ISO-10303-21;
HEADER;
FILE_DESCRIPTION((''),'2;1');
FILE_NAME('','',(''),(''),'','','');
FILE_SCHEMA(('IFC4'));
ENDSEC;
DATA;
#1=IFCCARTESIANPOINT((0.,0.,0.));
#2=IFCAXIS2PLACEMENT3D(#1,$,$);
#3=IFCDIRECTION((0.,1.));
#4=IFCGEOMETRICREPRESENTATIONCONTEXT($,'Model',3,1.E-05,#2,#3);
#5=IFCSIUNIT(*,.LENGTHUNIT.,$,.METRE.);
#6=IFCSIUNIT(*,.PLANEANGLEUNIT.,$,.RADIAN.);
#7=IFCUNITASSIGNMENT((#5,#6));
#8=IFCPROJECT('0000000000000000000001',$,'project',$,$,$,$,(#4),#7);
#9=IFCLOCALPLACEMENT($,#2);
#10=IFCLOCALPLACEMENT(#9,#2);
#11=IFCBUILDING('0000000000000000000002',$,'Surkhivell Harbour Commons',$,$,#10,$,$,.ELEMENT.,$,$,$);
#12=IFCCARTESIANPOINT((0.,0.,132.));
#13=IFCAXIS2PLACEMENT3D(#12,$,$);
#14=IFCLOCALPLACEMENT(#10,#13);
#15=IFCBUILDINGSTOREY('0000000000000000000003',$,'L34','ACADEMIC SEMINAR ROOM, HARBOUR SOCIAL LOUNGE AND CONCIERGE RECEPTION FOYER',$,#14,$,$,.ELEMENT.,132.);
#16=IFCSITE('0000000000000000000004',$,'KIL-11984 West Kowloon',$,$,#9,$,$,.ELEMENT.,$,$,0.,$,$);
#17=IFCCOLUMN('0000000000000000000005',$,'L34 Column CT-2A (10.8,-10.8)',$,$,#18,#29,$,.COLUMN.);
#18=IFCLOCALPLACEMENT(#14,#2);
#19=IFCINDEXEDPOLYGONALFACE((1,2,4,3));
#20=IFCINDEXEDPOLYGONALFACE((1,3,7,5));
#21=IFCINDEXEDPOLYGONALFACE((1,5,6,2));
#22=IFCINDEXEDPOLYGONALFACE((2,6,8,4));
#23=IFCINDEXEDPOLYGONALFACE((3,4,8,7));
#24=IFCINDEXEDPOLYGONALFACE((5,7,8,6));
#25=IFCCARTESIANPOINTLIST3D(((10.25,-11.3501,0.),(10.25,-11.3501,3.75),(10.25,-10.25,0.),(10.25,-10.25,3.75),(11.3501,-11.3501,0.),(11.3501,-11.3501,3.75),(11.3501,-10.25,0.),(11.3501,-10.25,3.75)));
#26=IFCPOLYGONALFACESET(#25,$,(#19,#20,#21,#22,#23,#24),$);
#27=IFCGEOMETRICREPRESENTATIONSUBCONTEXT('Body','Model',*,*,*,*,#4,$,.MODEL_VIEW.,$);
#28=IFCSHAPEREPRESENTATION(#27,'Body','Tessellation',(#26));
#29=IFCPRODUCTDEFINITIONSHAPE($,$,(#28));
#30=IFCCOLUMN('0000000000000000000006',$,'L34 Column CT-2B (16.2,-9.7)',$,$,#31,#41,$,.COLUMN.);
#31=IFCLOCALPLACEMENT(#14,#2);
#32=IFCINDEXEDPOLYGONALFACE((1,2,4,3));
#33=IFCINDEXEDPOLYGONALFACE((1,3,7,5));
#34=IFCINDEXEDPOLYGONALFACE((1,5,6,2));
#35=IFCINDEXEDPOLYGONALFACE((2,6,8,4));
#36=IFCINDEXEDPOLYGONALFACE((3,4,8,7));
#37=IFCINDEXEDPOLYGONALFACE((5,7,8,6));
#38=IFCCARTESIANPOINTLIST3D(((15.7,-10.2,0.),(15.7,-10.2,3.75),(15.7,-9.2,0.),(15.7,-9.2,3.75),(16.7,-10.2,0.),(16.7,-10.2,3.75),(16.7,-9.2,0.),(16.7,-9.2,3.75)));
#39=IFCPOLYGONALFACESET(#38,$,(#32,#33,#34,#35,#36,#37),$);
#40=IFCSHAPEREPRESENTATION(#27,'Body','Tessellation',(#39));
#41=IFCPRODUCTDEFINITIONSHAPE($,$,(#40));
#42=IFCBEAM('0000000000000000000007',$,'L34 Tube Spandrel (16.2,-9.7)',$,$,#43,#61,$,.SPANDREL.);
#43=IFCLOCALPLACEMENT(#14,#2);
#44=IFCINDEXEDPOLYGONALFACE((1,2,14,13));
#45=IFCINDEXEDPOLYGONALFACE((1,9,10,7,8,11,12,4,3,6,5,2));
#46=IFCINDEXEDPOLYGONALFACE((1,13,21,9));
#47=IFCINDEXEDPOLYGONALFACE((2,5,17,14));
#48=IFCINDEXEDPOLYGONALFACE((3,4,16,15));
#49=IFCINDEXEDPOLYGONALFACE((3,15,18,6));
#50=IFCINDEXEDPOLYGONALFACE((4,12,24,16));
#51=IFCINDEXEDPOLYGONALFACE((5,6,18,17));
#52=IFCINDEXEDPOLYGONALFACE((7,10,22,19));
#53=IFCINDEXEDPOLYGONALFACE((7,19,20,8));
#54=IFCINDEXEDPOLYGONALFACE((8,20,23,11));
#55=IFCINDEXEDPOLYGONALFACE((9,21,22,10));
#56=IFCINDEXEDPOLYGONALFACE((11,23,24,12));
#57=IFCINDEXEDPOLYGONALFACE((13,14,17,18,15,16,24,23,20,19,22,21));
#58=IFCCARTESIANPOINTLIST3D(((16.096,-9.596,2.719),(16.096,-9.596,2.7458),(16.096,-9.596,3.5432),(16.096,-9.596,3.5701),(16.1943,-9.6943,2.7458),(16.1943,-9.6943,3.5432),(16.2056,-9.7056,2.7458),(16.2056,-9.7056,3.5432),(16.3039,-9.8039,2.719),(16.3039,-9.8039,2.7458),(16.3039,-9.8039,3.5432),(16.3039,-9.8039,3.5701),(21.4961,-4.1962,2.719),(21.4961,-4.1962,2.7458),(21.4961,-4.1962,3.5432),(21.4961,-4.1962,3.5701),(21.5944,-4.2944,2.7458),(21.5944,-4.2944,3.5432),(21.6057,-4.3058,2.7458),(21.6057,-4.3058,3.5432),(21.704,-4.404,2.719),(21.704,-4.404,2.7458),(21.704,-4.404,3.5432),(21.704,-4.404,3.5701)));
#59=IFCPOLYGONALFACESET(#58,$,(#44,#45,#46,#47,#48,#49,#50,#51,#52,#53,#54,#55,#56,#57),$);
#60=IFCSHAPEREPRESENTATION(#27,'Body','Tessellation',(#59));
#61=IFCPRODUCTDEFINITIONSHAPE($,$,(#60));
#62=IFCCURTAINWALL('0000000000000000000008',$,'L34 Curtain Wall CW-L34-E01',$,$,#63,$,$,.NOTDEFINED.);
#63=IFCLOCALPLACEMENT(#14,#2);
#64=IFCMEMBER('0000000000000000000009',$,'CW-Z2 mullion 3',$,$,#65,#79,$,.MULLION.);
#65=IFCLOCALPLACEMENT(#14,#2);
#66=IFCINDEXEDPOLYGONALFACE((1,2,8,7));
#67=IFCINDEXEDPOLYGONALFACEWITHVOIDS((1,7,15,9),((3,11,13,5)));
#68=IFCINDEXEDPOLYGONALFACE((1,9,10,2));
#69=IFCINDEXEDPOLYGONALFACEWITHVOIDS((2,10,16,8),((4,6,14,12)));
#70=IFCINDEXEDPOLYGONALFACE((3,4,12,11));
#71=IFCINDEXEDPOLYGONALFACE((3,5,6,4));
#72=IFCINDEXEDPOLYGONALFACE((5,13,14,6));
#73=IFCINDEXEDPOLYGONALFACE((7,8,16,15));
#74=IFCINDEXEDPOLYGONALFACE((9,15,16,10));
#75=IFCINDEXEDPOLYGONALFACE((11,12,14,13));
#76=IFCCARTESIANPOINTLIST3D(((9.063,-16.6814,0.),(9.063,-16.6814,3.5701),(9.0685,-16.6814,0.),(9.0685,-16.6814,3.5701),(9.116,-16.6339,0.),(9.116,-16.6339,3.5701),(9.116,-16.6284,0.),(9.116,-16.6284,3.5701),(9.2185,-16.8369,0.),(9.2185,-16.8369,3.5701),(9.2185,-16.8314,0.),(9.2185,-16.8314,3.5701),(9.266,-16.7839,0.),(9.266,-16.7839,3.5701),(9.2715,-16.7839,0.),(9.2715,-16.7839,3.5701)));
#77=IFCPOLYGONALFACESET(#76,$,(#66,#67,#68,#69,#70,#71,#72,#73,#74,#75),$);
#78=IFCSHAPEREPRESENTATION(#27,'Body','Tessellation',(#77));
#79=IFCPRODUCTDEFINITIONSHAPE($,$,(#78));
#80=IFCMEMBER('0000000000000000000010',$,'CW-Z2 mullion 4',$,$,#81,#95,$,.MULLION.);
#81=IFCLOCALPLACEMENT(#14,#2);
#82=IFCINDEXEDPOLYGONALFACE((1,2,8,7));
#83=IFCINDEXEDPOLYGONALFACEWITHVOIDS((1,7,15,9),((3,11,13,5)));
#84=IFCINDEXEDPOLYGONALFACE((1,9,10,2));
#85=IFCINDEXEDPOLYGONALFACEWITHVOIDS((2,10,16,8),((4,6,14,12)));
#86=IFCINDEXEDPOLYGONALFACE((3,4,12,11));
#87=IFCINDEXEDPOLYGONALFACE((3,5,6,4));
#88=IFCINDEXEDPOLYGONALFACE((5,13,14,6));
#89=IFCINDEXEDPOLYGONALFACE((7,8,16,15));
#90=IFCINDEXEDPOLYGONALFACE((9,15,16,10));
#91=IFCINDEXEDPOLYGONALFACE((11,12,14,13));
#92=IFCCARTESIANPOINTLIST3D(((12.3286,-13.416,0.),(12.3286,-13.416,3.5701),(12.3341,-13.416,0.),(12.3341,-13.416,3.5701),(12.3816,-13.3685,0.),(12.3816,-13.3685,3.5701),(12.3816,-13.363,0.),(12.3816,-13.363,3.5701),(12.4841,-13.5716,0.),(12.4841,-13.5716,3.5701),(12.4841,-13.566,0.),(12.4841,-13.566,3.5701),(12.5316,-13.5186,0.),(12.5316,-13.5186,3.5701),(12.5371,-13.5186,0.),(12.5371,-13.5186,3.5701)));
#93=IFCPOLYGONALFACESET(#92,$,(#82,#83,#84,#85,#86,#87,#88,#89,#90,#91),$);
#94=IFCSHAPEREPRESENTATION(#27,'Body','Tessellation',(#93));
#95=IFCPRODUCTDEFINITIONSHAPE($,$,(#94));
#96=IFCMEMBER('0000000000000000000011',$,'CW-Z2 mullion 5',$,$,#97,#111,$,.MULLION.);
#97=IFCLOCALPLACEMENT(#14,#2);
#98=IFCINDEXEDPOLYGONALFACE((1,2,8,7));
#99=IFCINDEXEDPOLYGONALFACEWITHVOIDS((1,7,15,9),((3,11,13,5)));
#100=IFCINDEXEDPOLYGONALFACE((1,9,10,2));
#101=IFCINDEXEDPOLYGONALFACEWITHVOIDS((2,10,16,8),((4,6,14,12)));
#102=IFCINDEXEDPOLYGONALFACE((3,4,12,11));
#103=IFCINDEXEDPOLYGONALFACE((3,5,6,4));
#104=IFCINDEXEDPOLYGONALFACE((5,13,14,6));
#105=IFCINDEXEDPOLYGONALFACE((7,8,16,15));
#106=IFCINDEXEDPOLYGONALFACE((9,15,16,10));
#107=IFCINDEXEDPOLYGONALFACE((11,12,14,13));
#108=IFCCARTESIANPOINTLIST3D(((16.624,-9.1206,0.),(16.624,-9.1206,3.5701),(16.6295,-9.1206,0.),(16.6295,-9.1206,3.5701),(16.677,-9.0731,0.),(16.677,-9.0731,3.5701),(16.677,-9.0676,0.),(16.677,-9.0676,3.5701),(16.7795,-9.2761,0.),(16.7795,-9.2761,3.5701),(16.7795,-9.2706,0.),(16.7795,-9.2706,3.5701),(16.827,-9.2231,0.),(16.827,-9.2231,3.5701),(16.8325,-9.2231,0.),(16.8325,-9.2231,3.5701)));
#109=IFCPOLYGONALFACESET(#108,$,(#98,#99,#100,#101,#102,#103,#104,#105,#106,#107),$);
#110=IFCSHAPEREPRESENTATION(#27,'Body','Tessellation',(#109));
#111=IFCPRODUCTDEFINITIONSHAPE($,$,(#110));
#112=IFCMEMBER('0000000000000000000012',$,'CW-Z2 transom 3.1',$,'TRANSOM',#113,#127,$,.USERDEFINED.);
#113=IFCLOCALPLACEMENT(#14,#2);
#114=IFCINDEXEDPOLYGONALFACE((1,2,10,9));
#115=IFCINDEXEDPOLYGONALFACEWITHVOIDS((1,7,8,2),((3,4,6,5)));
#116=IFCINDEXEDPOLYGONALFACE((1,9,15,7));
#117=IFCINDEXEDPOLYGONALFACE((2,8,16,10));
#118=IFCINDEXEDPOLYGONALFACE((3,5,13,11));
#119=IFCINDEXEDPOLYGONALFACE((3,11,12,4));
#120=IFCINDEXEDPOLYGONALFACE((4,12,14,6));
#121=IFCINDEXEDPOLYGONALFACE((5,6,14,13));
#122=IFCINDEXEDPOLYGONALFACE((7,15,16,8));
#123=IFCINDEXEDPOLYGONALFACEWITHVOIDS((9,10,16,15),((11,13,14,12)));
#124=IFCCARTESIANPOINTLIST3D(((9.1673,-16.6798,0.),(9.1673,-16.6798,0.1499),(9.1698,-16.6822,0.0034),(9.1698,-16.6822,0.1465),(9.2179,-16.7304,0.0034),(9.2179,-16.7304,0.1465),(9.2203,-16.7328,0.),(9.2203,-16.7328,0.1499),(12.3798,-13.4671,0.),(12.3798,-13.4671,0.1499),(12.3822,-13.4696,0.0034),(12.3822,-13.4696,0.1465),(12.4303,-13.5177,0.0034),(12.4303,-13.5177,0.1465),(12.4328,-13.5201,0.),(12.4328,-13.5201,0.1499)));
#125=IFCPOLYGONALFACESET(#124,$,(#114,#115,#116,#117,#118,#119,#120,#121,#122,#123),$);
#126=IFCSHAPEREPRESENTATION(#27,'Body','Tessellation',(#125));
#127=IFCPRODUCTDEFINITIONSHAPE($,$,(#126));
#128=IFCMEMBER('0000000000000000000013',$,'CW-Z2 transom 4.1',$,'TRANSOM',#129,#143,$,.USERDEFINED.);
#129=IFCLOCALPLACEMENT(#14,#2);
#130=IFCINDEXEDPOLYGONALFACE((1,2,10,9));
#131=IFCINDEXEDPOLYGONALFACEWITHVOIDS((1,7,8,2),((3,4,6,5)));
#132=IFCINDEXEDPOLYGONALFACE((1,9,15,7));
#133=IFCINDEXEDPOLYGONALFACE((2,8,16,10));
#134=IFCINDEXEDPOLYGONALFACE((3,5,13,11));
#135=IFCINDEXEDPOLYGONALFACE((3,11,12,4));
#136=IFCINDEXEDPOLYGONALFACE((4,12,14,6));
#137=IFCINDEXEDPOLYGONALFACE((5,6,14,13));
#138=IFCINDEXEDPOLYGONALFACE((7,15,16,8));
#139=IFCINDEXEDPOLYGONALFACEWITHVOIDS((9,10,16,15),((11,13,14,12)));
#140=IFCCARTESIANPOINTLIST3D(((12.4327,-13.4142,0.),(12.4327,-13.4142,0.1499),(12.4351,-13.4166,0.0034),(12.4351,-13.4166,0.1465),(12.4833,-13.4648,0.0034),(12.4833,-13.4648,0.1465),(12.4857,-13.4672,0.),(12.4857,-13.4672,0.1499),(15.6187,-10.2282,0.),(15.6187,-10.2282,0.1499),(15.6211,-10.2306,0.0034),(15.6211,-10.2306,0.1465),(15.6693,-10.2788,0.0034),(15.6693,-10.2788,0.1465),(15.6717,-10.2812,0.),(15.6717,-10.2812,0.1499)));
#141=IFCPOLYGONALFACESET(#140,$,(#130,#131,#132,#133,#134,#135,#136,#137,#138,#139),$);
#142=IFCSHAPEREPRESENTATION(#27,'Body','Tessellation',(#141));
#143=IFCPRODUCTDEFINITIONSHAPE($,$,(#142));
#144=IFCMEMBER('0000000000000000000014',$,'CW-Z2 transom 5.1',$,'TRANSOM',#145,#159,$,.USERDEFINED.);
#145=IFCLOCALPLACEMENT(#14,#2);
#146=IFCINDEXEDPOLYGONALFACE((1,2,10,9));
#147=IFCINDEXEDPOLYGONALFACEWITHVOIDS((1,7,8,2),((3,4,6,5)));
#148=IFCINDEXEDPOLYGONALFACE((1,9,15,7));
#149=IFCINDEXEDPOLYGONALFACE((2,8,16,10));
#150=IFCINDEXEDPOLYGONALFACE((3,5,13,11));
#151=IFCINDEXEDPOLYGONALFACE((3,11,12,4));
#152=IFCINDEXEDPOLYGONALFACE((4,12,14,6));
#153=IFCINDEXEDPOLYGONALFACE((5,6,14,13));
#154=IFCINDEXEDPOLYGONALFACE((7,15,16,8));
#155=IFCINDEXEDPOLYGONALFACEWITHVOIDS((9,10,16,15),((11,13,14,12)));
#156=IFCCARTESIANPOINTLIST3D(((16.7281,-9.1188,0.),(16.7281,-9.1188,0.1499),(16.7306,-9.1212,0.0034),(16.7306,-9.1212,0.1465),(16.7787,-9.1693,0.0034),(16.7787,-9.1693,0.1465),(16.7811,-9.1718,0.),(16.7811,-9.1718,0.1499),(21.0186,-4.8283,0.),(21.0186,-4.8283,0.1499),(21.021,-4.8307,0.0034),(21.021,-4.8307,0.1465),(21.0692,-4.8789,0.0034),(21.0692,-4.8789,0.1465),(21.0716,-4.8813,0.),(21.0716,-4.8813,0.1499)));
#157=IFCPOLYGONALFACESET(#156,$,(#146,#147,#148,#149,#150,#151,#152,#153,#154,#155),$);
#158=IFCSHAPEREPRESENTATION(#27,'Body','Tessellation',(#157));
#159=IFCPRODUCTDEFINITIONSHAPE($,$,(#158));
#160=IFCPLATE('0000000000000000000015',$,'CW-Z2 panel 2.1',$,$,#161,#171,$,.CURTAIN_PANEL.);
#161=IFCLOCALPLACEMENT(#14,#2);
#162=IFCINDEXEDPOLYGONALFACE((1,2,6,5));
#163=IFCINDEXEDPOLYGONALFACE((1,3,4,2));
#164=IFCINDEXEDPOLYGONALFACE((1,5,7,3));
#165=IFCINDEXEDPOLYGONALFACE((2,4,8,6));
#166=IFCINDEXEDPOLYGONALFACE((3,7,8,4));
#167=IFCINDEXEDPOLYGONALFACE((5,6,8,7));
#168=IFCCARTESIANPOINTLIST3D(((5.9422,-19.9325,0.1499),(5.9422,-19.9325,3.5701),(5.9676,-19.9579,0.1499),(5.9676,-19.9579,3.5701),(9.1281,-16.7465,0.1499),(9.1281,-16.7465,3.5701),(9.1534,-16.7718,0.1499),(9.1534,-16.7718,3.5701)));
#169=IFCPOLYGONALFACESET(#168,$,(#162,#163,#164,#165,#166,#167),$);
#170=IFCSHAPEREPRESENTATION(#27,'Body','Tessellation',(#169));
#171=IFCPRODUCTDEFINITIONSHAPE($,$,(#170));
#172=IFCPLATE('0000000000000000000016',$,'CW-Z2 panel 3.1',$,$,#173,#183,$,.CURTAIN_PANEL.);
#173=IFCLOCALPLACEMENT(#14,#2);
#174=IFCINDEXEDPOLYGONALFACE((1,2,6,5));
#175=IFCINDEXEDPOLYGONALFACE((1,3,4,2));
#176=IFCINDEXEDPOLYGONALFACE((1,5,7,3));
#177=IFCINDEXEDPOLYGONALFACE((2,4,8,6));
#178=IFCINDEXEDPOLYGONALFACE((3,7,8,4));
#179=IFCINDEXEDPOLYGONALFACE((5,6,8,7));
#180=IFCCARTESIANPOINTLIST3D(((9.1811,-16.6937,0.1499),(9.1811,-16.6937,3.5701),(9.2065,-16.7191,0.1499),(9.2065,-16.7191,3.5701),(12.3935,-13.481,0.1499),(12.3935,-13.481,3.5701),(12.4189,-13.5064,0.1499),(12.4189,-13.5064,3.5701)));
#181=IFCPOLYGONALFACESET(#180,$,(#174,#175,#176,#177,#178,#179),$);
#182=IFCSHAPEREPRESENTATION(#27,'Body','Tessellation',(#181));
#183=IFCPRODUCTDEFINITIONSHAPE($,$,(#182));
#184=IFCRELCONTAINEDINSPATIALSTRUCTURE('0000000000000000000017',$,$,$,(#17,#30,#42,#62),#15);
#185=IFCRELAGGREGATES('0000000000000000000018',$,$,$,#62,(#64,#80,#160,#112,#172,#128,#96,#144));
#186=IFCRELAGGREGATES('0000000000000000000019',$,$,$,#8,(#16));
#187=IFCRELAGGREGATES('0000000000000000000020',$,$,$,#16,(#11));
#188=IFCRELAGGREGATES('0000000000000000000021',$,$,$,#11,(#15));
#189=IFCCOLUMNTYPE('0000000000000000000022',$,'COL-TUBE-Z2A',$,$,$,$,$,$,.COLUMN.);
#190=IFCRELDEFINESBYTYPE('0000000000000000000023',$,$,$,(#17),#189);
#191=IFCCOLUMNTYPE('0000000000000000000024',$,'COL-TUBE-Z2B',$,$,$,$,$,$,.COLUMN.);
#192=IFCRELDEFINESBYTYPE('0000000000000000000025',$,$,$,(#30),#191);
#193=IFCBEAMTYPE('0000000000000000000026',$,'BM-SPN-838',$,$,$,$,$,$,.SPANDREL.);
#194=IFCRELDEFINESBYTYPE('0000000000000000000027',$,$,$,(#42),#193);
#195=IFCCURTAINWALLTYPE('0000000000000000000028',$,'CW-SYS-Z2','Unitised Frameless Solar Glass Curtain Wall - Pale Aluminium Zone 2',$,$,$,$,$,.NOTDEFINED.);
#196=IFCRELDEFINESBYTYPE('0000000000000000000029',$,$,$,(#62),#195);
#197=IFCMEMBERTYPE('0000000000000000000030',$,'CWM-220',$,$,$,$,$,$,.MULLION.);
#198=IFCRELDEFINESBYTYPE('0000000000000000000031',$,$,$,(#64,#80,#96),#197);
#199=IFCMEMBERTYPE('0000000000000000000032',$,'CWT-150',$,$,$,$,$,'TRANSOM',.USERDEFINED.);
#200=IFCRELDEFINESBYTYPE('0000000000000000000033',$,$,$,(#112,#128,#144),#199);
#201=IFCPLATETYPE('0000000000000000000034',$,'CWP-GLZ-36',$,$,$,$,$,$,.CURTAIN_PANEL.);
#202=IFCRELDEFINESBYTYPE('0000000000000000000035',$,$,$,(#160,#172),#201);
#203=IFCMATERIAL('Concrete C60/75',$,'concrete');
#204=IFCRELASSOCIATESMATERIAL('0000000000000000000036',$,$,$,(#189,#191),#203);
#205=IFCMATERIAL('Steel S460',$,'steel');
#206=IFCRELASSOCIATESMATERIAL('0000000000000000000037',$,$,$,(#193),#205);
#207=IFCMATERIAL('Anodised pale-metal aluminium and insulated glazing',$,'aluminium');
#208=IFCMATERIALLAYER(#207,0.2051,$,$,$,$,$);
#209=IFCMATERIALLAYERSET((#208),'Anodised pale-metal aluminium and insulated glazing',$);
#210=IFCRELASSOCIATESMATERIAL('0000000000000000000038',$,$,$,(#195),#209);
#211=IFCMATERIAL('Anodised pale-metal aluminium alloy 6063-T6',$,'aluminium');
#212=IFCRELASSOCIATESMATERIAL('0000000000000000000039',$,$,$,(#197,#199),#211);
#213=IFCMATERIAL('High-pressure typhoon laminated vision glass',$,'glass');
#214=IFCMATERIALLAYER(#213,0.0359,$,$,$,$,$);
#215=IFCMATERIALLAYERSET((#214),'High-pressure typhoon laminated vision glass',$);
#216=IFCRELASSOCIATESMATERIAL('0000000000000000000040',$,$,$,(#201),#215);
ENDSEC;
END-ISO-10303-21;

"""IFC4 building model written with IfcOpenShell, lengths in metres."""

from ifc_helpers import new_model, si_unit, direction, frame, frame_2d, origin, origin_2d, place, context, subcontext, project, spatial, rectangle, hollow_rectangle, i_section, extrude, material, layer, layer_set, material_profile, profile_set, type_object, element, aggregate, save


model = new_model("IFC4")

# Units and contexts
model_context = context("Model", 3, precision=1e-05, world=origin(), true_north=direction((0.0, 1.0)))
body_context = subcontext(model_context, "Body", "Model", "MODEL_VIEW")
ifc_project = project(units=[si_unit("LENGTHUNIT", "METRE"), si_unit("PLANEANGLEUNIT", "RADIAN")], contexts=[model_context])

# Site, building, storey
site_placement = place(None, origin())
site = spatial("IfcSite", under=ifc_project, at=site_placement, Name="KIL-11984 West Kowloon", CompositionType="ELEMENT", RefElevation=0.0)
building_placement = place(site_placement, origin())
building = spatial("IfcBuilding", under=site, at=building_placement, Name="Surkhivell Harbour Commons", CompositionType="ELEMENT")
storey_placement = place(building_placement, frame((0.0, 0.0, 132.0)))
storey = spatial("IfcBuildingStorey", under=building, at=storey_placement, Name="L34", Description="ACADEMIC SEMINAR ROOM, HARBOUR SOCIAL LOUNGE AND CONCIERGE RECEPTION FOYER", CompositionType="ELEMENT", Elevation=132.0)

# Columns
ifc_material_1 = material(Name="Concrete C60/75", Category="concrete")
ifc_material_profile_1 = material_profile(ifc_material_1, rectangle(XDim=1.1001, YDim=1.1001, at=origin_2d()), Name="RC-COL-1100x1100")
ifc_profile_set_1 = profile_set([ifc_material_profile_1], Name="Concrete C60/75")
column_type_1 = type_object("IfcColumnType", Name="COL-TUBE-Z2A", PredefinedType="COLUMN", material=ifc_profile_set_1)
column_1_placement = place(storey_placement, frame((10.8, -10.8, 0.0), z_axis=(0.0, 0.0, 1.0), x_axis=(1.0, 0.0, 0.0)))
element("IfcColumn", 1, at=column_1_placement, inside=storey, type_object=column_type_1, Name="L34 Column CT-2A (10.8,-10.8)", PredefinedType="COLUMN", context=body_context, shape_type="SweptSolid", body=[
    extrude(rectangle(XDim=1.1001, YDim=1.1001, at=origin_2d()), origin(), (0.0, 0.0, 1.0), 3.75),
])
ifc_material_profile_2 = material_profile(ifc_material_1, rectangle(XDim=1.0, YDim=1.0, at=origin_2d()), Name="RC-COL-1000x1000")
ifc_profile_set_2 = profile_set([ifc_material_profile_2], Name="Concrete C60/75")
column_type_2 = type_object("IfcColumnType", Name="COL-TUBE-Z2B", PredefinedType="COLUMN", material=ifc_profile_set_2)
column_2_placement = place(storey_placement, frame((16.2, -9.7, 0.0), z_axis=(0.0, 0.0, 1.0), x_axis=(1.0, 0.0, 0.0)))
element("IfcColumn", 2, at=column_2_placement, inside=storey, type_object=column_type_2, Name="L34 Column CT-2B (16.2,-9.7)", PredefinedType="COLUMN", context=body_context, shape_type="SweptSolid", body=[
    extrude(rectangle(XDim=1.0, YDim=1.0, at=origin_2d()), origin(), (0.0, 0.0, 1.0), 3.75),
])

# Beam
ifc_material_2 = material(Name="Steel S460", Category="steel")
ifc_material_profile_3 = material_profile(ifc_material_2, i_section(OverallWidth=0.2939, OverallDepth=0.8511, WebThickness=0.0161, FlangeThickness=0.0269, at=origin_2d()), Name="UB838x292x226")
ifc_profile_set_3 = profile_set([ifc_material_profile_3], Name="Steel S460")
beam_type = type_object("IfcBeamType", Name="BM-SPN-838", PredefinedType="SPANDREL", material=ifc_profile_set_3)
beam_placement = place(storey_placement, frame((16.2, -9.7, 3.1445), z_axis=(0.707123, 0.707091, 0.0), x_axis=(-0.707091, 0.707123, 0.0)))
element("IfcBeam", 3, at=beam_placement, inside=storey, type_object=beam_type, Name="L34 Tube Spandrel (16.2,-9.7)", PredefinedType="SPANDREL", context=body_context, shape_type="SweptSolid", body=[
    extrude(i_section(OverallWidth=0.2939, OverallDepth=0.8511, WebThickness=0.0161, FlangeThickness=0.0269, at=origin_2d()), origin(), (0.0, 0.0, 1.0), 7.6367),
])

# Curtain wall, members, plates
ifc_material_3 = material(Name="Anodised pale-metal aluminium and insulated glazing", Category="aluminium")
ifc_layer_1 = layer(ifc_material_3, 0.2051)
ifc_layer_set_1 = layer_set([ifc_layer_1], Name="Anodised pale-metal aluminium and insulated glazing")
curtain_wall_type = type_object("IfcCurtainWallType", Name="CW-SYS-Z2", Description="Unitised Frameless Solar Glass Curtain Wall - Pale Aluminium Zone 2", PredefinedType="NOTDEFINED", material=ifc_layer_set_1)
curtain_wall_placement = place(storey_placement, origin())
curtain_wall = element("IfcCurtainWall", 4, at=curtain_wall_placement, inside=storey, type_object=curtain_wall_type, Name="L34 Curtain Wall CW-L34-E01", PredefinedType="NOTDEFINED")
ifc_material_4 = material(Name="Anodised pale-metal aluminium alloy 6063-T6", Category="aluminium")
ifc_material_profile_4 = material_profile(ifc_material_4, hollow_rectangle(XDim=0.075, YDim=0.22, WallThickness=0.0039, at=origin_2d()), Name="ALU-MULL-75x220")
ifc_profile_set_4 = profile_set([ifc_material_profile_4], Name="Anodised pale-metal aluminium alloy 6063-T6")
member_type_1 = type_object("IfcMemberType", Name="CWM-220", PredefinedType="MULLION", material=ifc_profile_set_4)
member_1_placement = place(storey_placement, frame((9.1672, -16.7327, 0.0), z_axis=(0.0, 0.0, 1.0), x_axis=(0.707107, 0.707107, 0.0)))
member_1 = element("IfcMember", 5, at=member_1_placement, type_object=member_type_1, Name="CW-Z2 mullion 3", PredefinedType="MULLION", context=body_context, shape_type="SweptSolid", body=[
    extrude(hollow_rectangle(XDim=0.075, YDim=0.22, WallThickness=0.0039, at=origin_2d()), origin(), (0.0, 0.0, 1.0), 3.5701),
])
member_2_placement = place(storey_placement, frame((12.4329, -13.4673, 0.0), z_axis=(0.0, 0.0, 1.0), x_axis=(0.707107, 0.707107, 0.0)))
member_2 = element("IfcMember", 6, at=member_2_placement, type_object=member_type_1, Name="CW-Z2 mullion 4", PredefinedType="MULLION", context=body_context, shape_type="SweptSolid", body=[
    extrude(hollow_rectangle(XDim=0.075, YDim=0.22, WallThickness=0.0039, at=origin_2d()), origin(), (0.0, 0.0, 1.0), 3.5701),
])
member_3_placement = place(storey_placement, frame((16.7283, -9.1719, 0.0), z_axis=(0.0, 0.0, 1.0), x_axis=(0.707107, 0.707107, 0.0)))
member_3 = element("IfcMember", 7, at=member_3_placement, type_object=member_type_1, Name="CW-Z2 mullion 5", PredefinedType="MULLION", context=body_context, shape_type="SweptSolid", body=[
    extrude(hollow_rectangle(XDim=0.075, YDim=0.22, WallThickness=0.0039, at=origin_2d()), origin(), (0.0, 0.0, 1.0), 3.5701),
])
ifc_material_profile_5 = material_profile(ifc_material_4, hollow_rectangle(XDim=0.075, YDim=0.1499, WallThickness=0.0034, at=origin_2d()), Name="ALU-TRAN-75x150")
ifc_profile_set_5 = profile_set([ifc_material_profile_5], Name="Anodised pale-metal aluminium alloy 6063-T6")
member_type_2 = type_object("IfcMemberType", Name="CWT-150", ElementType="TRANSOM", PredefinedType="USERDEFINED", material=ifc_profile_set_5)
member_4_placement = place(storey_placement, frame((9.1938, -16.7063, 0.075), z_axis=(0.70708, 0.707134, 0.0), x_axis=(-0.707134, 0.70708, 0.0)))
member_4 = element("IfcMember", 8, at=member_4_placement, type_object=member_type_2, Name="CW-Z2 transom 3.1", ObjectType="TRANSOM", PredefinedType="USERDEFINED", context=body_context, shape_type="SweptSolid", body=[
    extrude(hollow_rectangle(XDim=0.075, YDim=0.1499, WallThickness=0.0034, at=origin_2d()), origin(), (0.0, 0.0, 1.0), 4.5432),
])
member_5_placement = place(storey_placement, frame((12.4592, -13.4407, 0.075), z_axis=(0.707107, 0.707107, 0.0), x_axis=(-0.707107, 0.707107, 0.0)))
member_5 = element("IfcMember", 9, at=member_5_placement, type_object=member_type_2, Name="CW-Z2 transom 4.1", ObjectType="TRANSOM", PredefinedType="USERDEFINED", context=body_context, shape_type="SweptSolid", body=[
    extrude(hollow_rectangle(XDim=0.075, YDim=0.1499, WallThickness=0.0034, at=origin_2d()), origin(), (0.0, 0.0, 1.0), 4.5056),
])
member_6_placement = place(storey_placement, frame((16.7546, -9.1453, 0.075), z_axis=(0.707107, 0.707107, 0.0), x_axis=(-0.707107, 0.707107, 0.0)))
member_6 = element("IfcMember", 10, at=member_6_placement, type_object=member_type_2, Name="CW-Z2 transom 5.1", ObjectType="TRANSOM", PredefinedType="USERDEFINED", context=body_context, shape_type="SweptSolid", body=[
    extrude(hollow_rectangle(XDim=0.075, YDim=0.1499, WallThickness=0.0034, at=origin_2d()), origin(), (0.0, 0.0, 1.0), 6.0676),
])
ifc_material_5 = material(Name="High-pressure typhoon laminated vision glass", Category="glass")
ifc_layer_2 = layer(ifc_material_5, 0.0359)
ifc_layer_set_2 = layer_set([ifc_layer_2], Name="High-pressure typhoon laminated vision glass")
plate_type = type_object("IfcPlateType", Name="CWP-GLZ-36", PredefinedType="CURTAIN_PANEL", material=ifc_layer_set_2)
plate_1_placement = place(storey_placement, frame((5.9548, -19.9453, 0.1499), z_axis=(0.0, 0.0, 1.0), x_axis=(0.70708, 0.707134, 0.0)))
plate_1 = element("IfcPlate", 11, at=plate_1_placement, type_object=plate_type, Name="CW-Z2 panel 2.1", PredefinedType="CURTAIN_PANEL", context=body_context, shape_type="SweptSolid", body=[
    extrude(rectangle(XDim=4.5056, YDim=0.0359, at=frame_2d((2.2529, 0.0))), origin(), (0.0, 0.0, 1.0), 3.4202),
])
plate_2_placement = place(storey_placement, frame((9.1938, -16.7063, 0.1499), z_axis=(0.0, 0.0, 1.0), x_axis=(0.70708, 0.707134, 0.0)))
plate_2 = element("IfcPlate", 12, at=plate_2_placement, type_object=plate_type, Name="CW-Z2 panel 3.1", PredefinedType="CURTAIN_PANEL", context=body_context, shape_type="SweptSolid", body=[
    extrude(rectangle(XDim=4.5432, YDim=0.0359, at=frame_2d((2.2715, 0.0))), origin(), (0.0, 0.0, 1.0), 3.4202),
])
aggregate(curtain_wall, [member_1, member_2, plate_1, member_4, plate_2, member_5, member_3, member_6])

save(model, "model.ifc")
